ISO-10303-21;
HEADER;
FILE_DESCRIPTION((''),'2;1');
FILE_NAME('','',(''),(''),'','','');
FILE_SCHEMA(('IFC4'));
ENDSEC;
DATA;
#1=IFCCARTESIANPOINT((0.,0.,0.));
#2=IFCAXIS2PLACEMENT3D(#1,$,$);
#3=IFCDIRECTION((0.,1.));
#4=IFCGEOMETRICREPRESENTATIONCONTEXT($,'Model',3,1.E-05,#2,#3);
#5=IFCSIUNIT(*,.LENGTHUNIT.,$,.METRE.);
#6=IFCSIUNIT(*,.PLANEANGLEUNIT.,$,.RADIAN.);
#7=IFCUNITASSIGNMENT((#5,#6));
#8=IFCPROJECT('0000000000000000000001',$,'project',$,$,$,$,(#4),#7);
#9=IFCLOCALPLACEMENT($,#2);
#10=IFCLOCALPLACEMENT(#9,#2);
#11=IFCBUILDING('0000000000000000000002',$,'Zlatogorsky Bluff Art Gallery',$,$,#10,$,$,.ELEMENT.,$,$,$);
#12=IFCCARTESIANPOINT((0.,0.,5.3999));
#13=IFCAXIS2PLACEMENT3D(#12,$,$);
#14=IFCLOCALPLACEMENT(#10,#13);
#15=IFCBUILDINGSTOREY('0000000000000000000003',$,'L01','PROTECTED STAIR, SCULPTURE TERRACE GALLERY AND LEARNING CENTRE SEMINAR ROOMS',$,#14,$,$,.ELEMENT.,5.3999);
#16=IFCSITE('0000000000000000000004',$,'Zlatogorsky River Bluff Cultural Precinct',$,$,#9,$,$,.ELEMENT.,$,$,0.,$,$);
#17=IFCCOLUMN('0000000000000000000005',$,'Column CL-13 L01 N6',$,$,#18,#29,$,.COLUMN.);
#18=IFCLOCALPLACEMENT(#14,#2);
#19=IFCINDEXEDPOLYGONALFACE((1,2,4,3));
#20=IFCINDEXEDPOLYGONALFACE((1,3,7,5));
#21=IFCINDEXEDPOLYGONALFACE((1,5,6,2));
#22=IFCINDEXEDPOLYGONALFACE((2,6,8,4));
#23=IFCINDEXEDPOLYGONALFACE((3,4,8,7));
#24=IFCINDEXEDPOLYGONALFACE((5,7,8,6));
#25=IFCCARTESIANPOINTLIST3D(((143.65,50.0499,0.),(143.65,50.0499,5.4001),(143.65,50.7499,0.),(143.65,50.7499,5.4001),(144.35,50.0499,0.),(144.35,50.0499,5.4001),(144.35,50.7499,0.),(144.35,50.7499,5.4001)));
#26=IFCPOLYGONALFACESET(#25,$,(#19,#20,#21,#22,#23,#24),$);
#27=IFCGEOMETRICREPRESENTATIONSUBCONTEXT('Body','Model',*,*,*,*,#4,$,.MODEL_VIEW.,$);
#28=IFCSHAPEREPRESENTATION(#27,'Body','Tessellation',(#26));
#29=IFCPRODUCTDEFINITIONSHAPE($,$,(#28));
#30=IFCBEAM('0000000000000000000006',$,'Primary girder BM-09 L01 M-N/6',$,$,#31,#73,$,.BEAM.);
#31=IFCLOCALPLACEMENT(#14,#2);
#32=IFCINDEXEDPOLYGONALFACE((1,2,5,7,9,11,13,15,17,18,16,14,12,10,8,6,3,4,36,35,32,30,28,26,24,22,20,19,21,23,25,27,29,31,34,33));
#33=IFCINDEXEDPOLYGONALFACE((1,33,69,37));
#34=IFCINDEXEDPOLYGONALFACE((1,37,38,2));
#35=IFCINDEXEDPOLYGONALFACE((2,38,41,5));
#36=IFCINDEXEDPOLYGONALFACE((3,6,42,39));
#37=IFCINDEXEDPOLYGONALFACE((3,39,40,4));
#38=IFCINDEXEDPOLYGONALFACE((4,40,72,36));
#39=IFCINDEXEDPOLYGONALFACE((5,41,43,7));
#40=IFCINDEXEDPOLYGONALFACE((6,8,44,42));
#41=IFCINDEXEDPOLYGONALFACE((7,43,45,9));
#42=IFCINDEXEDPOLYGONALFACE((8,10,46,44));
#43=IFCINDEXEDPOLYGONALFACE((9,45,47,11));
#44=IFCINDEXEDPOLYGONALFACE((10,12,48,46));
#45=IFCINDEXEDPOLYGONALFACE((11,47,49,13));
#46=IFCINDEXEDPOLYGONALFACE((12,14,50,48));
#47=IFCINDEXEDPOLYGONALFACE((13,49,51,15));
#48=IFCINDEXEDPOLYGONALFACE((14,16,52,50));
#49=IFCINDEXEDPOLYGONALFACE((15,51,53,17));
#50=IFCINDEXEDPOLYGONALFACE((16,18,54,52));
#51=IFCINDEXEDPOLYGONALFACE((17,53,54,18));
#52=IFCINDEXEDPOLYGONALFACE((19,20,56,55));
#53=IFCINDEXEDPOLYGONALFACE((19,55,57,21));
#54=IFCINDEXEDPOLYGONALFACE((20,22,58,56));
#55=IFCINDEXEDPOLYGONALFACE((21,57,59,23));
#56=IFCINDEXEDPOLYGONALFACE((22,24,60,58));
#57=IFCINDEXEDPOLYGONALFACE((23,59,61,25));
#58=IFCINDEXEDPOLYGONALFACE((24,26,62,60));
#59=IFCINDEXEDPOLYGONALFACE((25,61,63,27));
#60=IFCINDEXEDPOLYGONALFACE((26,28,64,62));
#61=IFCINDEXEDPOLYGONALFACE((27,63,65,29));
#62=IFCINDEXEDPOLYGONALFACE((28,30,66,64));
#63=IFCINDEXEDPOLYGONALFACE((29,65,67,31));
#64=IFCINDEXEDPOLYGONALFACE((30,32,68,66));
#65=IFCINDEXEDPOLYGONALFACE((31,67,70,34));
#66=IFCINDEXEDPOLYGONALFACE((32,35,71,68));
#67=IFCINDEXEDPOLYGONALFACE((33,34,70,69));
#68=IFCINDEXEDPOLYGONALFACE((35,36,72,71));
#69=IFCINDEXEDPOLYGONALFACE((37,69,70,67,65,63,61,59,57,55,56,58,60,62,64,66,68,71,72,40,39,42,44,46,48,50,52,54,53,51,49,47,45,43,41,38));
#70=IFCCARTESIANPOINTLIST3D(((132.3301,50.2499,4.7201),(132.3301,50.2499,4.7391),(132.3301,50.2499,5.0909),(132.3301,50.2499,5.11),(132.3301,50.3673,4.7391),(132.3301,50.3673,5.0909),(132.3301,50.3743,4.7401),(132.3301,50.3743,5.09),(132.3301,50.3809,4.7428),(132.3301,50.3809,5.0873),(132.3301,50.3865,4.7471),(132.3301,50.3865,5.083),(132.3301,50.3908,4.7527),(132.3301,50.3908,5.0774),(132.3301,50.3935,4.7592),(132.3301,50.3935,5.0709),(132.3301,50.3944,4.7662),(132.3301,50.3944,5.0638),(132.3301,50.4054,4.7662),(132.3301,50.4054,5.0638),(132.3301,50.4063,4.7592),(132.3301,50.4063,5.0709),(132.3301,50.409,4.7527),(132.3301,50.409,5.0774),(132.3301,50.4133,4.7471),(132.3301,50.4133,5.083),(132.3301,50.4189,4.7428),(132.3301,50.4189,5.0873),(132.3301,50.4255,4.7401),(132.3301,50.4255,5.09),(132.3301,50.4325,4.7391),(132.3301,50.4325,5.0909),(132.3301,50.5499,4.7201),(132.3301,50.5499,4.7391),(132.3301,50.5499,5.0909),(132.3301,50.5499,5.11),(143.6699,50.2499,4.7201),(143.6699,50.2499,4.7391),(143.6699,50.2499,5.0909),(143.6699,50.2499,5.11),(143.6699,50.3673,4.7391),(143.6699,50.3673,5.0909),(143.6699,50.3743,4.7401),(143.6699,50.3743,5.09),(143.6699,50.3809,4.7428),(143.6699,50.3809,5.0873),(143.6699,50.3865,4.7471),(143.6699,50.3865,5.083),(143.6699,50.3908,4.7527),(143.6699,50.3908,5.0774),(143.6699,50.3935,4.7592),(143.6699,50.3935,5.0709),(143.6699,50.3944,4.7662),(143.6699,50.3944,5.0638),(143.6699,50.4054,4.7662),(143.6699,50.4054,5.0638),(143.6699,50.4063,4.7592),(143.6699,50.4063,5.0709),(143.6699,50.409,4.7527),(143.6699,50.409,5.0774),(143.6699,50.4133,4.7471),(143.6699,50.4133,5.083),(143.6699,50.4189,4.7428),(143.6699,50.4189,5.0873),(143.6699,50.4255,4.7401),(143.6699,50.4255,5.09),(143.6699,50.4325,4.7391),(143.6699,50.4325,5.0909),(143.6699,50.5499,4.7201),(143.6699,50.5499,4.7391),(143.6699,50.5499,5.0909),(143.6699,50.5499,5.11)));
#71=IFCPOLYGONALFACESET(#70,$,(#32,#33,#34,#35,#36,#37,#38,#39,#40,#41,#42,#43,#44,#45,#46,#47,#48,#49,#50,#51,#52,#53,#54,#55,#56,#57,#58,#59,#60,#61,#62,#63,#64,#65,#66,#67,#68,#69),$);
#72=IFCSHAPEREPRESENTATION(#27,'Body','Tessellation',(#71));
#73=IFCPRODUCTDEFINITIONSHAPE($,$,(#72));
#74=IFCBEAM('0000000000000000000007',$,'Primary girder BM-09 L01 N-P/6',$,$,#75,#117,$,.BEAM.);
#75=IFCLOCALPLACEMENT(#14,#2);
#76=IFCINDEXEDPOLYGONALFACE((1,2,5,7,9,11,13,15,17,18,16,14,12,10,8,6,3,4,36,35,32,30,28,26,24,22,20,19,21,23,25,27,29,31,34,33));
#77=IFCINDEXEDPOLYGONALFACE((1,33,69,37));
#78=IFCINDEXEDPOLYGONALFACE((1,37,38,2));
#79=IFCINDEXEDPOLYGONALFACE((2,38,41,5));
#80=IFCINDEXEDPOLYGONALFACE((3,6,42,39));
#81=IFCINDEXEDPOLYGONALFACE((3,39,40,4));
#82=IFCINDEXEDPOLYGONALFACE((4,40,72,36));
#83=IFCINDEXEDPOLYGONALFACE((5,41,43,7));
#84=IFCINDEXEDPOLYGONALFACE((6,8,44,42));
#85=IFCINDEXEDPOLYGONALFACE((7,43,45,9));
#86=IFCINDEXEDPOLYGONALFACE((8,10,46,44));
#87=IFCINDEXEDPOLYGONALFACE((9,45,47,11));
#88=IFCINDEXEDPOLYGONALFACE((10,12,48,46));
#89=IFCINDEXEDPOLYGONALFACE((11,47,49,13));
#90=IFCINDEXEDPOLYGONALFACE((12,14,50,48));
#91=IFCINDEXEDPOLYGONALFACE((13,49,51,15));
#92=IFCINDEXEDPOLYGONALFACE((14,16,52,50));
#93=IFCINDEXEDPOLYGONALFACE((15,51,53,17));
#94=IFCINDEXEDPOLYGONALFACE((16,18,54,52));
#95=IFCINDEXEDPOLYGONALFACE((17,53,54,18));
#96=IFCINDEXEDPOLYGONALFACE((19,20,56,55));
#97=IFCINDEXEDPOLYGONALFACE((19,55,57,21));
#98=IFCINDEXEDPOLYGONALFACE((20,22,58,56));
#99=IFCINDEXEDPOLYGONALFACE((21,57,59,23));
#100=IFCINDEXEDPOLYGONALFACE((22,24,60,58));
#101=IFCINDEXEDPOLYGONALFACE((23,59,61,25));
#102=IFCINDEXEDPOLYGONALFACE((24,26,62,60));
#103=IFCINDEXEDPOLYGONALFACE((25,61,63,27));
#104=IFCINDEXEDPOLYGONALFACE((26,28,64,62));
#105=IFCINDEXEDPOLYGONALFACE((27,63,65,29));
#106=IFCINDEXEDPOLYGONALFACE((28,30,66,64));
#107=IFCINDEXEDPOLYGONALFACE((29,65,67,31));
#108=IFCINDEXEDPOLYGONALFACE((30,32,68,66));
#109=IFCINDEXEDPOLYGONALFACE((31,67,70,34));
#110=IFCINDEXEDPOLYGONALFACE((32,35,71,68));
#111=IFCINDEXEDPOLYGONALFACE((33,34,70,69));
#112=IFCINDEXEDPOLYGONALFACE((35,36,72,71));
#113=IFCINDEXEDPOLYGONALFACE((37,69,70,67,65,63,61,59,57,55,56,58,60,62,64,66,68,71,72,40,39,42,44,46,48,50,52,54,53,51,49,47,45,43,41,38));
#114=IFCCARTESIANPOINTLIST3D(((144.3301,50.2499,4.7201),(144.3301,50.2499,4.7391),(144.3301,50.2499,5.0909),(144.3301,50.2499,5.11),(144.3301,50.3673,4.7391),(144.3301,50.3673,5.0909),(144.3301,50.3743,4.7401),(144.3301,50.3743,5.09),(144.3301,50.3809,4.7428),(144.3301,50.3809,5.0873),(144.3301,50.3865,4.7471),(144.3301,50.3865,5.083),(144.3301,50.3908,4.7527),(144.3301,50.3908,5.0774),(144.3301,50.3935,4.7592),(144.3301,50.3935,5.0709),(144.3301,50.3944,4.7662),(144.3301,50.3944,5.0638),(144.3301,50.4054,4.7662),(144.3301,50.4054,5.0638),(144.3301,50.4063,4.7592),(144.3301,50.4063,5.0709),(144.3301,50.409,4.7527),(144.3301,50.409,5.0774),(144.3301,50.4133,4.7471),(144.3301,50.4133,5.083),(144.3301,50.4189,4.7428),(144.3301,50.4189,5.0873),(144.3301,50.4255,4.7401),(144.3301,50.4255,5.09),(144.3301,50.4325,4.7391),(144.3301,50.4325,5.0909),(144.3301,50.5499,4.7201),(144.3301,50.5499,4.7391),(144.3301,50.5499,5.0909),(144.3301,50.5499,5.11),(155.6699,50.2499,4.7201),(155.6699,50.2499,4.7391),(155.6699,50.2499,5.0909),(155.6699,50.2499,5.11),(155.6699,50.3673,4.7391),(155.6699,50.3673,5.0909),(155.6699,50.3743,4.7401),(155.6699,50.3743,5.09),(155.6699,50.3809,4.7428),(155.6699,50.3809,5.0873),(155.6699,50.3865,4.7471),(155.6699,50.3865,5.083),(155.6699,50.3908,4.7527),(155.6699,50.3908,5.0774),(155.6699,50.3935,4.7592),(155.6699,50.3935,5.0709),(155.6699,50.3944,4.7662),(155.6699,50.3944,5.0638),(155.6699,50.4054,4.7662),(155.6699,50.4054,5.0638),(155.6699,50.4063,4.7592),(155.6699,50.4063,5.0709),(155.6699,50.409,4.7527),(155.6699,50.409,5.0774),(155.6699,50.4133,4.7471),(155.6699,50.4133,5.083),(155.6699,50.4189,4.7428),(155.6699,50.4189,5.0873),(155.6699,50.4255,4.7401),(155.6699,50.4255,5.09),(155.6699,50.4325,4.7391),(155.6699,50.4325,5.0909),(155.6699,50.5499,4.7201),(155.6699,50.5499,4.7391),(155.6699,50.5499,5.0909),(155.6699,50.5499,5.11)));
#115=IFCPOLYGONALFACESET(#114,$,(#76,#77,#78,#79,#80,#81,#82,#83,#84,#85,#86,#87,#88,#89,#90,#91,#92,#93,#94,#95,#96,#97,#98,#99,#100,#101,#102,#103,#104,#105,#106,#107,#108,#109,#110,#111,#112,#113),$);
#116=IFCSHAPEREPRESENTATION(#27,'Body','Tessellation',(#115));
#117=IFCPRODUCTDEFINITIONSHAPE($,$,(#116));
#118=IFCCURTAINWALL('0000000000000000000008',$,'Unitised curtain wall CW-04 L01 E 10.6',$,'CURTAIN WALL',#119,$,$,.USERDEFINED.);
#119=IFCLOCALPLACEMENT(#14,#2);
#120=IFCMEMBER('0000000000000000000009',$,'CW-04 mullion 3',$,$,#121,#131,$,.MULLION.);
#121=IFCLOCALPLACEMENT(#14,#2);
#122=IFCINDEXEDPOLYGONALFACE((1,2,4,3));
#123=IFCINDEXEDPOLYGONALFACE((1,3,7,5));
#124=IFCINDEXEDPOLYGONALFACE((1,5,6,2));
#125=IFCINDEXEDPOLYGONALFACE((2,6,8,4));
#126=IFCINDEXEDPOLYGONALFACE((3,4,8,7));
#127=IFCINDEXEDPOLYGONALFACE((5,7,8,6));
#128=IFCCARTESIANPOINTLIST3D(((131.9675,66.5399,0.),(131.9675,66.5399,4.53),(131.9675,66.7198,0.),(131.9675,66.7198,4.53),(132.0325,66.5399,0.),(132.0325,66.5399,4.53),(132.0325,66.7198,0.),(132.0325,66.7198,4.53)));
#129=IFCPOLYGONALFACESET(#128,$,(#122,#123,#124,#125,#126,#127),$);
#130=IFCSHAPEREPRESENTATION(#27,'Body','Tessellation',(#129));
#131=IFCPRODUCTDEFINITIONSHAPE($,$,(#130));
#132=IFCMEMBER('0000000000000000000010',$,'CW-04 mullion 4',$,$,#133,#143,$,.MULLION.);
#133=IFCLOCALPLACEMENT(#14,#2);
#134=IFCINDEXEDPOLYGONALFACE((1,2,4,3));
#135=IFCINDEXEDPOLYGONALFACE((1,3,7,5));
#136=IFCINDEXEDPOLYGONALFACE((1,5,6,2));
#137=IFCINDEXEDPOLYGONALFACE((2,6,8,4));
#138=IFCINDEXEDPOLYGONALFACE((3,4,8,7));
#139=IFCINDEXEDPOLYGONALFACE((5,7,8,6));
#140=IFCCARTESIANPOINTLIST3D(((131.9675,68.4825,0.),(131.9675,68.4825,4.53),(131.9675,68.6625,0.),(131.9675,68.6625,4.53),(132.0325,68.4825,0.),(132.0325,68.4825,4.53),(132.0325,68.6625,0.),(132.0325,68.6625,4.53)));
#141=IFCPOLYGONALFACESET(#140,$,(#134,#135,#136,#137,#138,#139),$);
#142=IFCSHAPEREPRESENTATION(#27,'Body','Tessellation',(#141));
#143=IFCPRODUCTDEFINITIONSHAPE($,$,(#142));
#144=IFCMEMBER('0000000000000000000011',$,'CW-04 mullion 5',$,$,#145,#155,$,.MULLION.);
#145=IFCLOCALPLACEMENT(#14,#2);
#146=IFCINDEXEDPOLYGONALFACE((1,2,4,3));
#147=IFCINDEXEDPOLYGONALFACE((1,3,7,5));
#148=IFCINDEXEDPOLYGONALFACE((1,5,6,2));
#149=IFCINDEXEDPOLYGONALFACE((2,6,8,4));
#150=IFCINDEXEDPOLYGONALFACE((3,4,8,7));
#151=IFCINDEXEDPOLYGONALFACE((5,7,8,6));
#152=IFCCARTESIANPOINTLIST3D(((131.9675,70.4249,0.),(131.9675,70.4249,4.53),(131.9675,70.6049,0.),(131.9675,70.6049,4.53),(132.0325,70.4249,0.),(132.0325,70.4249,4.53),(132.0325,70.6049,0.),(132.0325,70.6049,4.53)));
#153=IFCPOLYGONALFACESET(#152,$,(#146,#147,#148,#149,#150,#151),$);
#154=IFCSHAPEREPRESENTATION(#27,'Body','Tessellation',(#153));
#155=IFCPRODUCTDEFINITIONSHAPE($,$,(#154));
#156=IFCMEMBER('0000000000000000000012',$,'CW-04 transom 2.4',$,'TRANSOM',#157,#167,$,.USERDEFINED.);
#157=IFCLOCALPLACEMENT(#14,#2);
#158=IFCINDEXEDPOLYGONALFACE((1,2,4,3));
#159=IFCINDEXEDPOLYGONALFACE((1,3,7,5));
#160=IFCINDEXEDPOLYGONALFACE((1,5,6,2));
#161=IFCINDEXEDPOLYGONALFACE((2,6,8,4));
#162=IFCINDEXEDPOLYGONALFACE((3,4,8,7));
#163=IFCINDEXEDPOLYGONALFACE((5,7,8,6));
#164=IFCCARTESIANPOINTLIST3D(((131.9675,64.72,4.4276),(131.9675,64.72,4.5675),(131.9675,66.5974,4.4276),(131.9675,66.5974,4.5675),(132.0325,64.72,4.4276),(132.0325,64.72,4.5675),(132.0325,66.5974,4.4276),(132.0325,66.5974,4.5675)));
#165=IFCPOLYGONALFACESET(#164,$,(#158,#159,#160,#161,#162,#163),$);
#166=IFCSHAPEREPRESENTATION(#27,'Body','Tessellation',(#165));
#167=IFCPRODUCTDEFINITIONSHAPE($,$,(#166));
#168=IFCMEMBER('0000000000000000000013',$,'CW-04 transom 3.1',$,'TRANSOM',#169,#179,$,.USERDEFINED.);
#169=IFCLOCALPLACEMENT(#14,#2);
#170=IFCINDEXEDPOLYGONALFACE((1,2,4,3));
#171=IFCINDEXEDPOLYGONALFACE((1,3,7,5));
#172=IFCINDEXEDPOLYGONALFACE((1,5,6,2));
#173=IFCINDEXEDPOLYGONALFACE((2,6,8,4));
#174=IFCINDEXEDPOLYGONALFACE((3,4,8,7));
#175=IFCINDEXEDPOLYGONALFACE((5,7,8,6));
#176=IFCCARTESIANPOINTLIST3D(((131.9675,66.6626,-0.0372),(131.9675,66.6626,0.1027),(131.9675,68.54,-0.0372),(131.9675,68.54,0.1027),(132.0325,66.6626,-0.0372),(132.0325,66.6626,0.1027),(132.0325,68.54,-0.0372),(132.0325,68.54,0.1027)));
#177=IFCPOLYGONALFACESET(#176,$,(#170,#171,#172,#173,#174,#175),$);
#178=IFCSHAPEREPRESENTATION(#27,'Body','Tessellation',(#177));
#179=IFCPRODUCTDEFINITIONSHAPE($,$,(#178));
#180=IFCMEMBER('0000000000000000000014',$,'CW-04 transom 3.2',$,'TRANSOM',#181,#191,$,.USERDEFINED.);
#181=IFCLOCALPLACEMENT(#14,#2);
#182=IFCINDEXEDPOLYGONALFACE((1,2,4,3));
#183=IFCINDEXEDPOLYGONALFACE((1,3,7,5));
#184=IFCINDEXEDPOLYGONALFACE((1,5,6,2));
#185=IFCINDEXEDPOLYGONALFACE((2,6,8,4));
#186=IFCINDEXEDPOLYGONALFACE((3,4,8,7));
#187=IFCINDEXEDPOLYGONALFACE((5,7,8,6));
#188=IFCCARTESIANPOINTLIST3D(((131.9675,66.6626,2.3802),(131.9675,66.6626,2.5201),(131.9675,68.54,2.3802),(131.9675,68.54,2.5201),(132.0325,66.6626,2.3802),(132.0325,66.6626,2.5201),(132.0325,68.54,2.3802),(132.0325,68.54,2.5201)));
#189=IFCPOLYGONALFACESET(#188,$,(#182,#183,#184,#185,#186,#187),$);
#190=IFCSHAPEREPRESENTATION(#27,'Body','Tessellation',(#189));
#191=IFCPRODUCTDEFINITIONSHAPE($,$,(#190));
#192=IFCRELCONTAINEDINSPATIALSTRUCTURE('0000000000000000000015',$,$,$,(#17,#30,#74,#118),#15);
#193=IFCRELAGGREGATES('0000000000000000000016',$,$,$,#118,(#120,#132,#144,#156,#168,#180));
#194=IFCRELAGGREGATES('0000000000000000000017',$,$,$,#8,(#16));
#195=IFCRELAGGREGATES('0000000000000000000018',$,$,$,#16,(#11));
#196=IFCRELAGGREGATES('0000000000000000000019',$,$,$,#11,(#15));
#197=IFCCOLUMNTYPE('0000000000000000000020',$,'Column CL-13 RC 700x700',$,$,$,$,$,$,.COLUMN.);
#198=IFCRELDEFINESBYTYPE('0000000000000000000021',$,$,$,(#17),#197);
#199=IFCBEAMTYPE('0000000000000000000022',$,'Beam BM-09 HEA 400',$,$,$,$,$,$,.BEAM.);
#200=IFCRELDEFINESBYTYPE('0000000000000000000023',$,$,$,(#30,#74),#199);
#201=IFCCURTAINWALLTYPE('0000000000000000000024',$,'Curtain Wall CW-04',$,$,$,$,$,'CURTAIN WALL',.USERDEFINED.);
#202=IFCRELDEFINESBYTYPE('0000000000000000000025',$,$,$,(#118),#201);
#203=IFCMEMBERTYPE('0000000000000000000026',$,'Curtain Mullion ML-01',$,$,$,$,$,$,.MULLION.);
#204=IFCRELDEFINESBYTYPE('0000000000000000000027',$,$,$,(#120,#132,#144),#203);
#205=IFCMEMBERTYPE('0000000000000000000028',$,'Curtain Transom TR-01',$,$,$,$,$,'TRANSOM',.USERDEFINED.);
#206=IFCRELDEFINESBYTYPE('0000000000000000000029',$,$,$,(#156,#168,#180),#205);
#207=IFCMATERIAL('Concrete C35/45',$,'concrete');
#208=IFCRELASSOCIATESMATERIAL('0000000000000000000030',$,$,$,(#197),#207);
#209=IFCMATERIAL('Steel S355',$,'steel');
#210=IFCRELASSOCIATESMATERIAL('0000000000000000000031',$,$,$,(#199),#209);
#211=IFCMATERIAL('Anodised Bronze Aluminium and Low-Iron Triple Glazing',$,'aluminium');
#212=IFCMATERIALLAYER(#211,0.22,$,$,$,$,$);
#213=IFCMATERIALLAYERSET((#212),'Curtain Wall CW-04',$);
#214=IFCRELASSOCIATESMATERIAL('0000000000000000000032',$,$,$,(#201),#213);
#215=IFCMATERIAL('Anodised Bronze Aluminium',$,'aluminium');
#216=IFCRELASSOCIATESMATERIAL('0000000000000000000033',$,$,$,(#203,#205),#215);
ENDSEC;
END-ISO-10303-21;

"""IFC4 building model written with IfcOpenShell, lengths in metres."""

from ifc_helpers import new_model, si_unit, direction, frame, origin, origin_2d, place, context, subcontext, project, spatial, rectangle, i_section, extrude, material, layer, layer_set, material_profile, profile_set, type_object, element, aggregate, save


model = new_model("IFC4")

# Units and contexts
model_context = context("Model", 3, precision=1e-05, world=origin(), true_north=direction((0.0, 1.0)))
body_context = subcontext(model_context, "Body", "Model", "MODEL_VIEW")
ifc_project = project(units=[si_unit("LENGTHUNIT", "METRE"), si_unit("PLANEANGLEUNIT", "RADIAN")], contexts=[model_context])

# Site, building, storey
site_placement = place(None, origin())
site = spatial("IfcSite", under=ifc_project, at=site_placement, Name="Zlatogorsky River Bluff Cultural Precinct", CompositionType="ELEMENT", RefElevation=0.0)
building_placement = place(site_placement, origin())
building = spatial("IfcBuilding", under=site, at=building_placement, Name="Zlatogorsky Bluff Art Gallery", CompositionType="ELEMENT")
storey_placement = place(building_placement, frame((0.0, 0.0, 5.3999)))
storey = spatial("IfcBuildingStorey", under=building, at=storey_placement, Name="L01", Description="PROTECTED STAIR, SCULPTURE TERRACE GALLERY AND LEARNING CENTRE SEMINAR ROOMS", CompositionType="ELEMENT", Elevation=5.3999)

# Column
ifc_material_1 = material(Name="Concrete C35/45", Category="concrete")
ifc_material_profile_1 = material_profile(ifc_material_1, rectangle(XDim=0.7, YDim=0.7, at=origin_2d()), Name="RC 700x700")
ifc_profile_set_1 = profile_set([ifc_material_profile_1], Name="Concrete C35/45")
column_type = type_object("IfcColumnType", Name="Column CL-13 RC 700x700", PredefinedType="COLUMN", material=ifc_profile_set_1)
column_placement = place(storey_placement, frame((144.0, 50.3999, 0.0), z_axis=(0.0, 0.0, 1.0), x_axis=(1.0, 0.0, 0.0)))
element("IfcColumn", 1, at=column_placement, inside=storey, type_object=column_type, Name="Column CL-13 L01 N6", PredefinedType="COLUMN", context=body_context, shape_type="SweptSolid", body=[
    extrude(rectangle(XDim=0.7, YDim=0.7, at=origin_2d()), origin(), (0.0, 0.0, 1.0), 5.4001),
])

# Beams
ifc_material_2 = material(Name="Steel S355", Category="steel")
ifc_material_profile_2 = material_profile(ifc_material_2, i_section(OverallWidth=0.3, OverallDepth=0.3899, WebThickness=0.011, FlangeThickness=0.019, FilletRadius=0.0271, at=origin_2d()), Name="HEA 400")
ifc_profile_set_2 = profile_set([ifc_material_profile_2], Name="Steel S355")
beam_type = type_object("IfcBeamType", Name="Beam BM-09 HEA 400", PredefinedType="BEAM", material=ifc_profile_set_2)
for number, where, z_axis, x_axis, name in (
    (2, (132.3301, 50.3999, 4.915), (1.0, 0.0, 0.0), (0.0, 1.0, 0.0), "Primary girder BM-09 L01 M-N/6"),
    (3, (144.3301, 50.3999, 4.915), (1.0, 0.0, 0.0), (0.0, 1.0, 0.0), "Primary girder BM-09 L01 N-P/6"),
):
    element("IfcBeam", number, at=place(storey_placement, frame(where, z_axis=z_axis, x_axis=x_axis)), inside=storey, type_object=beam_type, Name=name, PredefinedType="BEAM", context=body_context, shape_type="SweptSolid", body=[
        extrude(i_section(OverallWidth=0.3, OverallDepth=0.3899, WebThickness=0.011, FlangeThickness=0.019, FilletRadius=0.0271, at=origin_2d()), origin(), (0.0, 0.0, 1.0), 11.3398),
    ])

# Curtain wall, members
ifc_material_3 = material(Name="Anodised Bronze Aluminium and Low-Iron Triple Glazing", Category="aluminium")
ifc_layer_1 = layer(ifc_material_3, 0.22)
ifc_layer_set_1 = layer_set([ifc_layer_1], Name="Curtain Wall CW-04")
curtain_wall_type = type_object("IfcCurtainWallType", Name="Curtain Wall CW-04", ElementType="CURTAIN WALL", PredefinedType="USERDEFINED", material=ifc_layer_set_1)
curtain_wall_placement = place(storey_placement, origin())
curtain_wall = element("IfcCurtainWall", 4, at=curtain_wall_placement, inside=storey, type_object=curtain_wall_type, Name="Unitised curtain wall CW-04 L01 E 10.6", ObjectType="CURTAIN WALL", PredefinedType="USERDEFINED")
ifc_material_4 = material(Name="Anodised Bronze Aluminium", Category="aluminium")
ifc_material_profile_3 = material_profile(ifc_material_4, rectangle(XDim=0.0649, YDim=0.1799, at=origin_2d()), Name="ALU MULLION 65x180")
ifc_profile_set_3 = profile_set([ifc_material_profile_3], Name="Anodised Bronze Aluminium")
member_type_1 = type_object("IfcMemberType", Name="Curtain Mullion ML-01", PredefinedType="MULLION", material=ifc_profile_set_3)
member_1_placement = place(storey_placement, frame((132.0, 66.6299, 0.0), z_axis=(0.0, 0.0, 1.0), x_axis=(-1.0, 0.0, 0.0)))
member_1 = element("IfcMember", 5, at=member_1_placement, type_object=member_type_1, Name="CW-04 mullion 3", PredefinedType="MULLION", context=body_context, shape_type="SweptSolid", body=[
    extrude(rectangle(XDim=0.0649, YDim=0.1799, at=origin_2d()), origin(), (0.0, 0.0, 1.0), 4.53),
])
member_2_placement = place(storey_placement, frame((132.0, 68.5725, 0.0), z_axis=(0.0, 0.0, 1.0), x_axis=(-1.0, 0.0, 0.0)))
member_2 = element("IfcMember", 6, at=member_2_placement, type_object=member_type_1, Name="CW-04 mullion 4", PredefinedType="MULLION", context=body_context, shape_type="SweptSolid", body=[
    extrude(rectangle(XDim=0.0649, YDim=0.1799, at=origin_2d()), origin(), (0.0, 0.0, 1.0), 4.53),
])
member_3_placement = place(storey_placement, frame((132.0, 70.5149, 0.0), z_axis=(0.0, 0.0, 1.0), x_axis=(-1.0, 0.0, 0.0)))
member_3 = element("IfcMember", 7, at=member_3_placement, type_object=member_type_1, Name="CW-04 mullion 5", PredefinedType="MULLION", context=body_context, shape_type="SweptSolid", body=[
    extrude(rectangle(XDim=0.0649, YDim=0.1799, at=origin_2d()), origin(), (0.0, 0.0, 1.0), 4.53),
])
ifc_material_profile_4 = material_profile(ifc_material_4, rectangle(XDim=0.0649, YDim=0.1399, at=origin_2d()), Name="ALU TRANSOM 65x140")
ifc_profile_set_4 = profile_set([ifc_material_profile_4], Name="Anodised Bronze Aluminium")
member_type_2 = type_object("IfcMemberType", Name="Curtain Transom TR-01", ElementType="TRANSOM", PredefinedType="USERDEFINED", material=ifc_profile_set_4)
member_4_placement = place(storey_placement, frame((132.0, 64.72, 4.4976), z_axis=(0.0, 1.0, 0.0), x_axis=(-1.0, 0.0, 0.0)))
member_4 = element("IfcMember", 8, at=member_4_placement, type_object=member_type_2, Name="CW-04 transom 2.4", ObjectType="TRANSOM", PredefinedType="USERDEFINED", context=body_context, shape_type="SweptSolid", body=[
    extrude(rectangle(XDim=0.0649, YDim=0.1399, at=origin_2d()), origin(), (0.0, 0.0, 1.0), 1.8774),
])
member_5_placement = place(storey_placement, frame((132.0, 66.6626, 0.0327), z_axis=(0.0, 1.0, 0.0), x_axis=(-1.0, 0.0, 0.0)))
member_5 = element("IfcMember", 9, at=member_5_placement, type_object=member_type_2, Name="CW-04 transom 3.1", ObjectType="TRANSOM", PredefinedType="USERDEFINED", context=body_context, shape_type="SweptSolid", body=[
    extrude(rectangle(XDim=0.0649, YDim=0.1399, at=origin_2d()), origin(), (0.0, 0.0, 1.0), 1.8774),
])
member_6_placement = place(storey_placement, frame((132.0, 66.6626, 2.4502), z_axis=(0.0, 1.0, 0.0), x_axis=(-1.0, 0.0, 0.0)))
member_6 = element("IfcMember", 10, at=member_6_placement, type_object=member_type_2, Name="CW-04 transom 3.2", ObjectType="TRANSOM", PredefinedType="USERDEFINED", context=body_context, shape_type="SweptSolid", body=[
    extrude(rectangle(XDim=0.0649, YDim=0.1399, at=origin_2d()), origin(), (0.0, 0.0, 1.0), 1.8774),
])
aggregate(curtain_wall, [member_1, member_2, member_3, member_4, member_5, member_6])

save(model, "model.ifc")
